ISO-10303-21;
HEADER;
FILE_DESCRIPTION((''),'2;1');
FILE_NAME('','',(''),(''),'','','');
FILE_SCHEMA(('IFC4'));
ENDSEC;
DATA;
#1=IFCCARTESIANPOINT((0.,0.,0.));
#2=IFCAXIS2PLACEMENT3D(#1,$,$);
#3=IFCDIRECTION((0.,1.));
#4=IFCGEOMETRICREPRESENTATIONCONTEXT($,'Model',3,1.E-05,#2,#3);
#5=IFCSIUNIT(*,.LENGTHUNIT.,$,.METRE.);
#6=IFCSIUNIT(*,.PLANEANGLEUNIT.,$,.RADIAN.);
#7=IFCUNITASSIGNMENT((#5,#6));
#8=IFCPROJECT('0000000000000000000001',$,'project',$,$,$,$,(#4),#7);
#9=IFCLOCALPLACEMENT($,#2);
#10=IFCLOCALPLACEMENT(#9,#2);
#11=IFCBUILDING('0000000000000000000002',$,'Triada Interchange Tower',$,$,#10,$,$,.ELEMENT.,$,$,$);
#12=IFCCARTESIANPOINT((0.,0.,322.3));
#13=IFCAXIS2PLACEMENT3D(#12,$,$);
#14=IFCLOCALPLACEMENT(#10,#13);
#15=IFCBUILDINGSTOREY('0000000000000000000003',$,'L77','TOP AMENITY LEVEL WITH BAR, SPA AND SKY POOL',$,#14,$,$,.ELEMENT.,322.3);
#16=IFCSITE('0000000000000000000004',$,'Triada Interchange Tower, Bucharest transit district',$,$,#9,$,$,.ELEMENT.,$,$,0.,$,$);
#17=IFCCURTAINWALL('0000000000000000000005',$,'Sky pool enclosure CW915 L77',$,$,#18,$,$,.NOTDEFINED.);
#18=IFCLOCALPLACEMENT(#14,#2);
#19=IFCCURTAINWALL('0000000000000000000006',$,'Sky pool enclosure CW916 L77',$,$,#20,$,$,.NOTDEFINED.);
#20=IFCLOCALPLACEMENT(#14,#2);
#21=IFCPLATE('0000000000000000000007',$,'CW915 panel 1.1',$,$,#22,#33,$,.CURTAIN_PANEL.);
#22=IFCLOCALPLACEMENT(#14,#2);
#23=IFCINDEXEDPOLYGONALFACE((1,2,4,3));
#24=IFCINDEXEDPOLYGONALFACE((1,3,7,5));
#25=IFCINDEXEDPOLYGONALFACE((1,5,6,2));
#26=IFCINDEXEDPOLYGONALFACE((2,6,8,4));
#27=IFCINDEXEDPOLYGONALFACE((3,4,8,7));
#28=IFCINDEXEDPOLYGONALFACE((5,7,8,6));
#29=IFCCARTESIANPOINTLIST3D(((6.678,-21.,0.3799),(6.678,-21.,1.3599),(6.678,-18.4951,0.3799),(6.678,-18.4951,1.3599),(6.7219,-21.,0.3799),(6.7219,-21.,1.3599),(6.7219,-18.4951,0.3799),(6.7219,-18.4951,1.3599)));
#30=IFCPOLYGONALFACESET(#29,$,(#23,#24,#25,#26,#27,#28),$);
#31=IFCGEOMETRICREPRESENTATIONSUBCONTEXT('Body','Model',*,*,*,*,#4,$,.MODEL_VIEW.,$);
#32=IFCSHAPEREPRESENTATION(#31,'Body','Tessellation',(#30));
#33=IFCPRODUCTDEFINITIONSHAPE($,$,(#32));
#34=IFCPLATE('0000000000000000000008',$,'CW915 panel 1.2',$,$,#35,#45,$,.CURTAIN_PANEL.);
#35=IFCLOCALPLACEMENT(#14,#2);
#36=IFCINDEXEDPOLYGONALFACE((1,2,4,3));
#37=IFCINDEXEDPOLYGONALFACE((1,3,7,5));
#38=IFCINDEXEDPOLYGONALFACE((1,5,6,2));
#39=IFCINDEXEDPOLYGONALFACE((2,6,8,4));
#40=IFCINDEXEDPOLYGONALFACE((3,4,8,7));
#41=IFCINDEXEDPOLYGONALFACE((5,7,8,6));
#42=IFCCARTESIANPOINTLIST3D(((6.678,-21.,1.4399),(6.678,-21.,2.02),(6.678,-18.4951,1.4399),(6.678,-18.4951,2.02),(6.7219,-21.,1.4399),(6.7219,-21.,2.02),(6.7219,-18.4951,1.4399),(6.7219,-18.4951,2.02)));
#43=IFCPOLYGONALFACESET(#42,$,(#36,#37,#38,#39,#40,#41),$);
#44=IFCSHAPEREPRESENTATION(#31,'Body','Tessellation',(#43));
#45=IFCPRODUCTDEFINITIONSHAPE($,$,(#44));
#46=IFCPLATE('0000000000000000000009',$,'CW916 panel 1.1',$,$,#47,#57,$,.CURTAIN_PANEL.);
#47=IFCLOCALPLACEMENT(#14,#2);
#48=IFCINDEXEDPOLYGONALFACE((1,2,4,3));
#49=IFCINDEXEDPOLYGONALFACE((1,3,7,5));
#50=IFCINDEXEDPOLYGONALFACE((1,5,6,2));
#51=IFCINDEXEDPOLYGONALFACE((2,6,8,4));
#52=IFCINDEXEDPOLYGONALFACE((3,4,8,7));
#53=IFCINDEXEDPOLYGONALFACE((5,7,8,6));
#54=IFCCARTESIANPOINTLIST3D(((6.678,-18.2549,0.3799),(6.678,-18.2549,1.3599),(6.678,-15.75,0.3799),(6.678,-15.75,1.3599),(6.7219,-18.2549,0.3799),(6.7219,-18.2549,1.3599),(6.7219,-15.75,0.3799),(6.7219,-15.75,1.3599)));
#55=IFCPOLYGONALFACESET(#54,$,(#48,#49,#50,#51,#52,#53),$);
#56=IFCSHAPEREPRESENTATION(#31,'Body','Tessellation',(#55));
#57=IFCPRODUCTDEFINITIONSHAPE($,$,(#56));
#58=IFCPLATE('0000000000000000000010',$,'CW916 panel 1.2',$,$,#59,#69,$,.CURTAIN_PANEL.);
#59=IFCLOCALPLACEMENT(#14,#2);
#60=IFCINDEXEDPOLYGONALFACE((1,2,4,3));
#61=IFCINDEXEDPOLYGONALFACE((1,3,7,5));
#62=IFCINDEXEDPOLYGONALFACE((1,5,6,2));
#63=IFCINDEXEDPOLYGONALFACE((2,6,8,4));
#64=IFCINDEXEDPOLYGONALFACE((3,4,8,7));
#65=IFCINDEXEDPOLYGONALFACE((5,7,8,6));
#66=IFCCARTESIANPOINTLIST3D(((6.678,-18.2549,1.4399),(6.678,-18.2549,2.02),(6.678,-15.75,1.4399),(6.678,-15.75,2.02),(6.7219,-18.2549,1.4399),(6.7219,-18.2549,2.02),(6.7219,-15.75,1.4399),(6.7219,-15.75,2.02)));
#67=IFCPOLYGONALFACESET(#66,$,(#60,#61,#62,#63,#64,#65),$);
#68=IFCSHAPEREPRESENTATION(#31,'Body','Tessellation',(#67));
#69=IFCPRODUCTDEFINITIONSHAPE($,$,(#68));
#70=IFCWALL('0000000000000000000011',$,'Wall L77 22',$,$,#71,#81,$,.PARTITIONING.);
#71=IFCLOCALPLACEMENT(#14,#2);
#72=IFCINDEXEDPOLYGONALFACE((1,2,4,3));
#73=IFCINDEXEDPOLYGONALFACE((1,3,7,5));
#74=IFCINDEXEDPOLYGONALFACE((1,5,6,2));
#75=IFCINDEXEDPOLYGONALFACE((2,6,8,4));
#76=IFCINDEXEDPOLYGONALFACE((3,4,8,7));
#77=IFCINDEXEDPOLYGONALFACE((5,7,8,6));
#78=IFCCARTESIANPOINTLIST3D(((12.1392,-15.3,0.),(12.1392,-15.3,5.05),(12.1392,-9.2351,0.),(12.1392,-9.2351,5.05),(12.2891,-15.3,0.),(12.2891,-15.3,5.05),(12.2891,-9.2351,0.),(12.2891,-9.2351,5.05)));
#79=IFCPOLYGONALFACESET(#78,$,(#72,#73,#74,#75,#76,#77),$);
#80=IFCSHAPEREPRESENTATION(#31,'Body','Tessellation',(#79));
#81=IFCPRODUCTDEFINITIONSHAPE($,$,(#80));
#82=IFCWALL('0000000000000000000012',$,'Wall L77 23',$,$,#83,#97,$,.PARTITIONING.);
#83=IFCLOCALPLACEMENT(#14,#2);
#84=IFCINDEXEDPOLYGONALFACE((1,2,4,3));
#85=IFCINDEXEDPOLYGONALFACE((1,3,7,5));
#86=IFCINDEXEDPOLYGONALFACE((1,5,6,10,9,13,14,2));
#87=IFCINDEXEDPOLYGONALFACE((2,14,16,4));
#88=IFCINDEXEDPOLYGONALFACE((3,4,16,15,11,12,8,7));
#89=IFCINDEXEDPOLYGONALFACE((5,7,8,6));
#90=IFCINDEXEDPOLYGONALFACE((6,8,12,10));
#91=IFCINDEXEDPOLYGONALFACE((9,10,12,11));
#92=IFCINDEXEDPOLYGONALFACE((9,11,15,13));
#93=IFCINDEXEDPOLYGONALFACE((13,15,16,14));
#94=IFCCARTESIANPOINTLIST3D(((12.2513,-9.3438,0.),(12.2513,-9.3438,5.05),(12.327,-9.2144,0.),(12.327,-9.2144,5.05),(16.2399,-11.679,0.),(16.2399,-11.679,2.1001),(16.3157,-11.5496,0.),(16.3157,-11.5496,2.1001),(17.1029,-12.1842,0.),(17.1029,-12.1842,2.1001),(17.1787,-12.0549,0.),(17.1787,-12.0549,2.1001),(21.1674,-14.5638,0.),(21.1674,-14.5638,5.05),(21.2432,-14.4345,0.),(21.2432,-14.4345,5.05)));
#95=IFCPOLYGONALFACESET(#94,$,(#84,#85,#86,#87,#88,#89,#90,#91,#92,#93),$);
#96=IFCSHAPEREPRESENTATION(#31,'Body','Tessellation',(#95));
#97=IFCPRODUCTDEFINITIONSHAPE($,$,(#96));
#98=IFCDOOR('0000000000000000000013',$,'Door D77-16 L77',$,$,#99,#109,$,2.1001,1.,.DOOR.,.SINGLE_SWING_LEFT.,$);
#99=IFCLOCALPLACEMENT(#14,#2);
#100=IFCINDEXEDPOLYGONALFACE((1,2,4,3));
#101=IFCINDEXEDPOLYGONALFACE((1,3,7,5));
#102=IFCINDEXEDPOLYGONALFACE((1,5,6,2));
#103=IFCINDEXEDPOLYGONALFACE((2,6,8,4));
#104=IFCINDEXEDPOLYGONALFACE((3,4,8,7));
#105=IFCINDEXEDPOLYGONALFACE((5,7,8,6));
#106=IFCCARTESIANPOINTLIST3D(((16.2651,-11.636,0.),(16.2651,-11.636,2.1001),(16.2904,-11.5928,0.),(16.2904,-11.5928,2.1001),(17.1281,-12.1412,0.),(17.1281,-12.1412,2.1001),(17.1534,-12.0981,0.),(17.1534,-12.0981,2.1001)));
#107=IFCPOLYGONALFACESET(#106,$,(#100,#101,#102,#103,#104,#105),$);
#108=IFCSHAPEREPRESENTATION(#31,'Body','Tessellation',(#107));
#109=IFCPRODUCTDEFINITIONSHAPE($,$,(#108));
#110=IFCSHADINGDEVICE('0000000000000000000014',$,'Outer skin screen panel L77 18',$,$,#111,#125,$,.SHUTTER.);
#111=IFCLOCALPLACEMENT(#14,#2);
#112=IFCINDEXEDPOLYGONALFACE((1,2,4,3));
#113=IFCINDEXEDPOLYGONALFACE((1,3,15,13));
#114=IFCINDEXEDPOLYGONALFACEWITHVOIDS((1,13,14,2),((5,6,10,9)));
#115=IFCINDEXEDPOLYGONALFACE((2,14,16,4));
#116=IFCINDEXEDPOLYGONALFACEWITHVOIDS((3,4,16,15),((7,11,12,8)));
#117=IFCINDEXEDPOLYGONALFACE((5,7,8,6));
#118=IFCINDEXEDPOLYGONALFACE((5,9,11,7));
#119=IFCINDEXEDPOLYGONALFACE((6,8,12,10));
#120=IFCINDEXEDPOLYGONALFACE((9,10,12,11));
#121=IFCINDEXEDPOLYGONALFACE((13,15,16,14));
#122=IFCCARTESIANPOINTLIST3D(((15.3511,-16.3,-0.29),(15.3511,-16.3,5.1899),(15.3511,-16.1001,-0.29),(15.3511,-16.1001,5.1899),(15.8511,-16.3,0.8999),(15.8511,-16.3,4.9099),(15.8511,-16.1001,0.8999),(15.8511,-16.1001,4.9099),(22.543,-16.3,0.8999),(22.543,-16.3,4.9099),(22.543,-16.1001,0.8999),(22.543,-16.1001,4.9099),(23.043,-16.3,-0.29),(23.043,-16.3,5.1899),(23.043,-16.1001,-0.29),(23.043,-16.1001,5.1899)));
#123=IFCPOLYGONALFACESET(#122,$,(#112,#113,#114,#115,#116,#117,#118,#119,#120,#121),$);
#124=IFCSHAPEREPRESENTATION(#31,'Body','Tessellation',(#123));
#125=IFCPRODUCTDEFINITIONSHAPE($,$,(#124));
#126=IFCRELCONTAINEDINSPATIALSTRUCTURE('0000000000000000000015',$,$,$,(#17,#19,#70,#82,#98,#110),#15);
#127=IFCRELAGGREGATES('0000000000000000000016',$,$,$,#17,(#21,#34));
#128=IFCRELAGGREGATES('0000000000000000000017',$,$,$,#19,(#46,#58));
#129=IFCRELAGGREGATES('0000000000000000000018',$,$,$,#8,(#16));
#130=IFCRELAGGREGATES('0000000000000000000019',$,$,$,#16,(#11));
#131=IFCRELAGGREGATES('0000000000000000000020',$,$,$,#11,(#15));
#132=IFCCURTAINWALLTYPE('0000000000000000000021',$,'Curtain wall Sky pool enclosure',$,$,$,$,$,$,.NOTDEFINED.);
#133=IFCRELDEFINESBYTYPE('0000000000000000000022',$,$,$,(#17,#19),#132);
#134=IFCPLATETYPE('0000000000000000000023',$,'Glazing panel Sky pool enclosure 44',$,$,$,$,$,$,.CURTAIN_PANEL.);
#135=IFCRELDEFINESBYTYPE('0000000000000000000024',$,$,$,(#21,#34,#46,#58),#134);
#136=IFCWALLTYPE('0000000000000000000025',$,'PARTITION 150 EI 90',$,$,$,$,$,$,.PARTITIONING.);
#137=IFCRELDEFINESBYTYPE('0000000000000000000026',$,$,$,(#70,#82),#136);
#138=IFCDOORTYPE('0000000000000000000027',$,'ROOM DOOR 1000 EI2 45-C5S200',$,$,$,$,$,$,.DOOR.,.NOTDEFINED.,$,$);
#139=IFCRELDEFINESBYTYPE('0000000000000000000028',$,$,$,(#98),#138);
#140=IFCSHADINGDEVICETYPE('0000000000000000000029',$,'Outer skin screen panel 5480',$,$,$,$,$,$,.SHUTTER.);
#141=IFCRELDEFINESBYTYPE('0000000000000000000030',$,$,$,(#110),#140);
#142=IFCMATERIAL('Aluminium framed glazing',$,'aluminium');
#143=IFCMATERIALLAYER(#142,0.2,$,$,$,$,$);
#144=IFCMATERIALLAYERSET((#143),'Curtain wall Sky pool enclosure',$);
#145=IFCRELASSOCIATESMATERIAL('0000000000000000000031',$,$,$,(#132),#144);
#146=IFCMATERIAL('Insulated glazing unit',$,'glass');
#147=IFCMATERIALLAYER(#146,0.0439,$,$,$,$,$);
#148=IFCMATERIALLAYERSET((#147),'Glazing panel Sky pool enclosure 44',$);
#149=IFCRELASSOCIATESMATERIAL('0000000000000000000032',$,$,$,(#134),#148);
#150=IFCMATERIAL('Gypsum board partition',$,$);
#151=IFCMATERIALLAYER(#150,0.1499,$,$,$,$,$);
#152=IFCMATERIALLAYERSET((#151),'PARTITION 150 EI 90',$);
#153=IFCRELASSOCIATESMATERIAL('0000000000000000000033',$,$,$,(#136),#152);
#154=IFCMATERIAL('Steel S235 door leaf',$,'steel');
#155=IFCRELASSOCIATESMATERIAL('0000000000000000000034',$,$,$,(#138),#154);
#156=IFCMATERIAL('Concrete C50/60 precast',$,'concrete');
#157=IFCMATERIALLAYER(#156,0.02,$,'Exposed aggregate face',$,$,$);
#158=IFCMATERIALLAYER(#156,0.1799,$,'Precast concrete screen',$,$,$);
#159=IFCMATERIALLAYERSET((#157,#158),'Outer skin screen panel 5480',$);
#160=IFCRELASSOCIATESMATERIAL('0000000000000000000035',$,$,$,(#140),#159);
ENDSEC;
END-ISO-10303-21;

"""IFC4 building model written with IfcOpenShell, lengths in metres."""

from ifc_helpers import new_model, si_unit, direction, frame, frame_2d, origin, origin_2d, place, context, subcontext, project, spatial, polyline, rectangle, outline, extrude, material, layer, layer_set, type_object, element, fill, aggregate, save


model = new_model("IFC4")

# Units and contexts
model_context = context("Model", 3, precision=1e-05, world=origin(), true_north=direction((0.0, 1.0)))
body_context = subcontext(model_context, "Body", "Model", "MODEL_VIEW")
ifc_project = project(units=[si_unit("LENGTHUNIT", "METRE"), si_unit("PLANEANGLEUNIT", "RADIAN")], contexts=[model_context])

# Site, building, storey
site_placement = place(None, origin())
site = spatial("IfcSite", under=ifc_project, at=site_placement, Name="Triada Interchange Tower, Bucharest transit district", CompositionType="ELEMENT", RefElevation=0.0)
building_placement = place(site_placement, origin())
building = spatial("IfcBuilding", under=site, at=building_placement, Name="Triada Interchange Tower", CompositionType="ELEMENT")
storey_placement = place(building_placement, frame((0.0, 0.0, 322.3)))
storey = spatial("IfcBuildingStorey", under=building, at=storey_placement, Name="L77", Description="TOP AMENITY LEVEL WITH BAR, SPA AND SKY POOL", CompositionType="ELEMENT", Elevation=322.3)

# Shared definitions
ifc_material_1 = material(Name="Aluminium framed glazing", Category="aluminium")

# Curtain wall
ifc_layer_1 = layer(ifc_material_1, 0.2)
ifc_layer_set_1 = layer_set([ifc_layer_1], Name="Curtain wall Sky pool enclosure")
curtain_wall_type_1 = type_object("IfcCurtainWallType", Name="Curtain wall Sky pool enclosure", PredefinedType="NOTDEFINED", material=ifc_layer_set_1)
curtain_wall_1_placement = place(storey_placement, origin())
curtain_wall_1 = element("IfcCurtainWall", 1, at=curtain_wall_1_placement, inside=storey, type_object=curtain_wall_type_1, Name="Sky pool enclosure CW915 L77", PredefinedType="NOTDEFINED")

# Curtain wall
curtain_wall_2_placement = place(storey_placement, origin())
curtain_wall_2 = element("IfcCurtainWall", 2, at=curtain_wall_2_placement, inside=storey, type_object=curtain_wall_type_1, Name="Sky pool enclosure CW916 L77", PredefinedType="NOTDEFINED")

# Plates
ifc_material_2 = material(Name="Insulated glazing unit", Category="glass")
ifc_layer_2 = layer(ifc_material_2, 0.0439)
ifc_layer_set_2 = layer_set([ifc_layer_2], Name="Glazing panel Sky pool enclosure 44")
plate_type_1 = type_object("IfcPlateType", Name="Glazing panel Sky pool enclosure 44", PredefinedType="CURTAIN_PANEL", material=ifc_layer_set_2)
plate_1_placement = place(storey_placement, frame((6.7, -19.7476, 0.3799), z_axis=(0.0, 0.0, 1.0), x_axis=(0.0, 1.0, 0.0)))
plate_1 = element("IfcPlate", 3, at=plate_1_placement, type_object=plate_type_1, Name="CW915 panel 1.1", PredefinedType="CURTAIN_PANEL", context=body_context, shape_type="SweptSolid", body=[
    extrude(rectangle(XDim=2.5049, YDim=0.0439, at=origin_2d()), origin(), (0.0, 0.0, 1.0), 0.98),
])
plate_2_placement = place(storey_placement, frame((6.7, -19.7476, 1.4399), z_axis=(0.0, 0.0, 1.0), x_axis=(0.0, 1.0, 0.0)))
plate_2 = element("IfcPlate", 4, at=plate_2_placement, type_object=plate_type_1, Name="CW915 panel 1.2", PredefinedType="CURTAIN_PANEL", context=body_context, shape_type="SweptSolid", body=[
    extrude(rectangle(XDim=2.5049, YDim=0.0439, at=origin_2d()), origin(), (0.0, 0.0, 1.0), 0.5801),
])
aggregate(curtain_wall_1, [plate_1, plate_2])
plate_3_placement = place(storey_placement, frame((6.7, -17.0024, 0.3799), z_axis=(0.0, 0.0, 1.0), x_axis=(0.0, 1.0, 0.0)))
plate_3 = element("IfcPlate", 5, at=plate_3_placement, type_object=plate_type_1, Name="CW916 panel 1.1", PredefinedType="CURTAIN_PANEL", context=body_context, shape_type="SweptSolid", body=[
    extrude(rectangle(XDim=2.5049, YDim=0.0439, at=origin_2d()), origin(), (0.0, 0.0, 1.0), 0.98),
])
plate_4_placement = place(storey_placement, frame((6.7, -17.0024, 1.4399), z_axis=(0.0, 0.0, 1.0), x_axis=(0.0, 1.0, 0.0)))
plate_4 = element("IfcPlate", 6, at=plate_4_placement, type_object=plate_type_1, Name="CW916 panel 1.2", PredefinedType="CURTAIN_PANEL", context=body_context, shape_type="SweptSolid", body=[
    extrude(rectangle(XDim=2.5049, YDim=0.0439, at=origin_2d()), origin(), (0.0, 0.0, 1.0), 0.5801),
])
aggregate(curtain_wall_2, [plate_3, plate_4])

# Wall
ifc_material_3 = material(Name="Gypsum board partition")
ifc_layer_3 = layer(ifc_material_3, 0.1499)
ifc_layer_set_3 = layer_set([ifc_layer_3], Name="PARTITION 150 EI 90")
wall_type = type_object("IfcWallType", Name="PARTITION 150 EI 90", PredefinedType="PARTITIONING", material=ifc_layer_set_3)
wall_1_placement = place(storey_placement, frame((12.2141, -15.3, 0.0), z_axis=(0.0, 0.0, 1.0), x_axis=(0.0, 1.0, 0.0)))
element("IfcWall", 7, at=wall_1_placement, inside=storey, type_object=wall_type, Name="Wall L77 22", PredefinedType="PARTITIONING", context=body_context, shape_type="SweptSolid", body=[
    extrude(rectangle(XDim=6.0649, YDim=0.1499, at=frame_2d((3.0325, 0.0))), origin(), (0.0, 0.0, 1.0), 5.05),
])

# Wall, opening, door
wall_2_placement = place(storey_placement, frame((12.2891, -9.2791, 0.0), z_axis=(0.0, 0.0, 1.0), x_axis=(0.862979, -0.50524, 0.0)))
wall_2 = element("IfcWall", 8, at=wall_2_placement, inside=storey, type_object=wall_type, Name="Wall L77 23", PredefinedType="PARTITIONING", context=body_context, shape_type="SweptSolid", body=[
    extrude(rectangle(XDim=10.3318, YDim=0.1499, at=frame_2d((5.166, 0.0))), origin(), (0.0, 0.0, 1.0), 5.05),
])
opening_placement = place(wall_2_placement, frame((4.6221, 0.0, 0.0)))
opening = element("IfcOpeningElement", 9, at=opening_placement, cuts=wall_2, PredefinedType="OPENING", context=body_context, shape_type="SweptSolid", body=[
    extrude(rectangle(XDim=1.0, YDim=2.1001, at=frame_2d((0.5, 1.05))), frame((0.0, 0.085, 0.0), z_axis=(0.0, -1.0, 0.0), x_axis=(1.0, 0.0, 0.0)), (0.0, 0.0, 1.0), 0.1699),
])
ifc_material_4 = material(Name="Steel S235 door leaf", Category="steel")
door_type = type_object("IfcDoorType", Name="ROOM DOOR 1000 EI2 45-C5S200", OperationType="NOTDEFINED", PredefinedType="DOOR", material=ifc_material_4)
door_placement = place(opening_placement, origin())
door = element("IfcDoor", 10, at=door_placement, inside=storey, type_object=door_type, Name="Door D77-16 L77", OperationType="SINGLE_SWING_LEFT", OverallHeight=2.1001, OverallWidth=1.0, PredefinedType="DOOR", context=body_context, shape_type="SweptSolid", body=[
    extrude(rectangle(XDim=1.0, YDim=2.1001, at=frame_2d((0.5, 1.05))), frame((0.0, 0.0249, 0.0), z_axis=(0.0, -1.0, 0.0), x_axis=(1.0, 0.0, 0.0)), (0.0, 0.0, 1.0), 0.05),
])
fill(opening, door)

# Shading device
ifc_material_5 = material(Name="Concrete C50/60 precast", Category="concrete")
ifc_layer_4 = layer(ifc_material_5, 0.02, Name="Exposed aggregate face")
ifc_layer_5 = layer(ifc_material_5, 0.1799, Name="Precast concrete screen")
ifc_layer_set_4 = layer_set([ifc_layer_4, ifc_layer_5], Name="Outer skin screen panel 5480")
shading_device_type = type_object("IfcShadingDeviceType", Name="Outer skin screen panel 5480", PredefinedType="SHUTTER", material=ifc_layer_set_4)
shading_device_placement = place(storey_placement, frame((15.3511, -16.1001, -0.29), z_axis=(0.0, 0.0, 1.0), x_axis=(1.0, 0.0, 0.0)))
element("IfcShadingDevice", 11, at=shading_device_placement, inside=storey, type_object=shading_device_type, Name="Outer skin screen panel L77 18", PredefinedType="SHUTTER", context=body_context, shape_type="SweptSolid", body=[
    extrude(outline(polyline([(0.0, 0.0), (7.6919, 0.0), (7.6919, 5.48), (0.0, 5.48), (0.0, 0.0)]), holes=[polyline([(0.5, 1.1899), (0.5, 5.2), (7.1919, 5.2), (7.1919, 1.1899), (0.5, 1.1899)])]), frame((0.0, 0.0, 0.0), z_axis=(0.0, -1.0, 0.0), x_axis=(1.0, 0.0, 0.0)), (0.0, 0.0, 1.0), 0.2),
])

save(model, "model.ifc")
